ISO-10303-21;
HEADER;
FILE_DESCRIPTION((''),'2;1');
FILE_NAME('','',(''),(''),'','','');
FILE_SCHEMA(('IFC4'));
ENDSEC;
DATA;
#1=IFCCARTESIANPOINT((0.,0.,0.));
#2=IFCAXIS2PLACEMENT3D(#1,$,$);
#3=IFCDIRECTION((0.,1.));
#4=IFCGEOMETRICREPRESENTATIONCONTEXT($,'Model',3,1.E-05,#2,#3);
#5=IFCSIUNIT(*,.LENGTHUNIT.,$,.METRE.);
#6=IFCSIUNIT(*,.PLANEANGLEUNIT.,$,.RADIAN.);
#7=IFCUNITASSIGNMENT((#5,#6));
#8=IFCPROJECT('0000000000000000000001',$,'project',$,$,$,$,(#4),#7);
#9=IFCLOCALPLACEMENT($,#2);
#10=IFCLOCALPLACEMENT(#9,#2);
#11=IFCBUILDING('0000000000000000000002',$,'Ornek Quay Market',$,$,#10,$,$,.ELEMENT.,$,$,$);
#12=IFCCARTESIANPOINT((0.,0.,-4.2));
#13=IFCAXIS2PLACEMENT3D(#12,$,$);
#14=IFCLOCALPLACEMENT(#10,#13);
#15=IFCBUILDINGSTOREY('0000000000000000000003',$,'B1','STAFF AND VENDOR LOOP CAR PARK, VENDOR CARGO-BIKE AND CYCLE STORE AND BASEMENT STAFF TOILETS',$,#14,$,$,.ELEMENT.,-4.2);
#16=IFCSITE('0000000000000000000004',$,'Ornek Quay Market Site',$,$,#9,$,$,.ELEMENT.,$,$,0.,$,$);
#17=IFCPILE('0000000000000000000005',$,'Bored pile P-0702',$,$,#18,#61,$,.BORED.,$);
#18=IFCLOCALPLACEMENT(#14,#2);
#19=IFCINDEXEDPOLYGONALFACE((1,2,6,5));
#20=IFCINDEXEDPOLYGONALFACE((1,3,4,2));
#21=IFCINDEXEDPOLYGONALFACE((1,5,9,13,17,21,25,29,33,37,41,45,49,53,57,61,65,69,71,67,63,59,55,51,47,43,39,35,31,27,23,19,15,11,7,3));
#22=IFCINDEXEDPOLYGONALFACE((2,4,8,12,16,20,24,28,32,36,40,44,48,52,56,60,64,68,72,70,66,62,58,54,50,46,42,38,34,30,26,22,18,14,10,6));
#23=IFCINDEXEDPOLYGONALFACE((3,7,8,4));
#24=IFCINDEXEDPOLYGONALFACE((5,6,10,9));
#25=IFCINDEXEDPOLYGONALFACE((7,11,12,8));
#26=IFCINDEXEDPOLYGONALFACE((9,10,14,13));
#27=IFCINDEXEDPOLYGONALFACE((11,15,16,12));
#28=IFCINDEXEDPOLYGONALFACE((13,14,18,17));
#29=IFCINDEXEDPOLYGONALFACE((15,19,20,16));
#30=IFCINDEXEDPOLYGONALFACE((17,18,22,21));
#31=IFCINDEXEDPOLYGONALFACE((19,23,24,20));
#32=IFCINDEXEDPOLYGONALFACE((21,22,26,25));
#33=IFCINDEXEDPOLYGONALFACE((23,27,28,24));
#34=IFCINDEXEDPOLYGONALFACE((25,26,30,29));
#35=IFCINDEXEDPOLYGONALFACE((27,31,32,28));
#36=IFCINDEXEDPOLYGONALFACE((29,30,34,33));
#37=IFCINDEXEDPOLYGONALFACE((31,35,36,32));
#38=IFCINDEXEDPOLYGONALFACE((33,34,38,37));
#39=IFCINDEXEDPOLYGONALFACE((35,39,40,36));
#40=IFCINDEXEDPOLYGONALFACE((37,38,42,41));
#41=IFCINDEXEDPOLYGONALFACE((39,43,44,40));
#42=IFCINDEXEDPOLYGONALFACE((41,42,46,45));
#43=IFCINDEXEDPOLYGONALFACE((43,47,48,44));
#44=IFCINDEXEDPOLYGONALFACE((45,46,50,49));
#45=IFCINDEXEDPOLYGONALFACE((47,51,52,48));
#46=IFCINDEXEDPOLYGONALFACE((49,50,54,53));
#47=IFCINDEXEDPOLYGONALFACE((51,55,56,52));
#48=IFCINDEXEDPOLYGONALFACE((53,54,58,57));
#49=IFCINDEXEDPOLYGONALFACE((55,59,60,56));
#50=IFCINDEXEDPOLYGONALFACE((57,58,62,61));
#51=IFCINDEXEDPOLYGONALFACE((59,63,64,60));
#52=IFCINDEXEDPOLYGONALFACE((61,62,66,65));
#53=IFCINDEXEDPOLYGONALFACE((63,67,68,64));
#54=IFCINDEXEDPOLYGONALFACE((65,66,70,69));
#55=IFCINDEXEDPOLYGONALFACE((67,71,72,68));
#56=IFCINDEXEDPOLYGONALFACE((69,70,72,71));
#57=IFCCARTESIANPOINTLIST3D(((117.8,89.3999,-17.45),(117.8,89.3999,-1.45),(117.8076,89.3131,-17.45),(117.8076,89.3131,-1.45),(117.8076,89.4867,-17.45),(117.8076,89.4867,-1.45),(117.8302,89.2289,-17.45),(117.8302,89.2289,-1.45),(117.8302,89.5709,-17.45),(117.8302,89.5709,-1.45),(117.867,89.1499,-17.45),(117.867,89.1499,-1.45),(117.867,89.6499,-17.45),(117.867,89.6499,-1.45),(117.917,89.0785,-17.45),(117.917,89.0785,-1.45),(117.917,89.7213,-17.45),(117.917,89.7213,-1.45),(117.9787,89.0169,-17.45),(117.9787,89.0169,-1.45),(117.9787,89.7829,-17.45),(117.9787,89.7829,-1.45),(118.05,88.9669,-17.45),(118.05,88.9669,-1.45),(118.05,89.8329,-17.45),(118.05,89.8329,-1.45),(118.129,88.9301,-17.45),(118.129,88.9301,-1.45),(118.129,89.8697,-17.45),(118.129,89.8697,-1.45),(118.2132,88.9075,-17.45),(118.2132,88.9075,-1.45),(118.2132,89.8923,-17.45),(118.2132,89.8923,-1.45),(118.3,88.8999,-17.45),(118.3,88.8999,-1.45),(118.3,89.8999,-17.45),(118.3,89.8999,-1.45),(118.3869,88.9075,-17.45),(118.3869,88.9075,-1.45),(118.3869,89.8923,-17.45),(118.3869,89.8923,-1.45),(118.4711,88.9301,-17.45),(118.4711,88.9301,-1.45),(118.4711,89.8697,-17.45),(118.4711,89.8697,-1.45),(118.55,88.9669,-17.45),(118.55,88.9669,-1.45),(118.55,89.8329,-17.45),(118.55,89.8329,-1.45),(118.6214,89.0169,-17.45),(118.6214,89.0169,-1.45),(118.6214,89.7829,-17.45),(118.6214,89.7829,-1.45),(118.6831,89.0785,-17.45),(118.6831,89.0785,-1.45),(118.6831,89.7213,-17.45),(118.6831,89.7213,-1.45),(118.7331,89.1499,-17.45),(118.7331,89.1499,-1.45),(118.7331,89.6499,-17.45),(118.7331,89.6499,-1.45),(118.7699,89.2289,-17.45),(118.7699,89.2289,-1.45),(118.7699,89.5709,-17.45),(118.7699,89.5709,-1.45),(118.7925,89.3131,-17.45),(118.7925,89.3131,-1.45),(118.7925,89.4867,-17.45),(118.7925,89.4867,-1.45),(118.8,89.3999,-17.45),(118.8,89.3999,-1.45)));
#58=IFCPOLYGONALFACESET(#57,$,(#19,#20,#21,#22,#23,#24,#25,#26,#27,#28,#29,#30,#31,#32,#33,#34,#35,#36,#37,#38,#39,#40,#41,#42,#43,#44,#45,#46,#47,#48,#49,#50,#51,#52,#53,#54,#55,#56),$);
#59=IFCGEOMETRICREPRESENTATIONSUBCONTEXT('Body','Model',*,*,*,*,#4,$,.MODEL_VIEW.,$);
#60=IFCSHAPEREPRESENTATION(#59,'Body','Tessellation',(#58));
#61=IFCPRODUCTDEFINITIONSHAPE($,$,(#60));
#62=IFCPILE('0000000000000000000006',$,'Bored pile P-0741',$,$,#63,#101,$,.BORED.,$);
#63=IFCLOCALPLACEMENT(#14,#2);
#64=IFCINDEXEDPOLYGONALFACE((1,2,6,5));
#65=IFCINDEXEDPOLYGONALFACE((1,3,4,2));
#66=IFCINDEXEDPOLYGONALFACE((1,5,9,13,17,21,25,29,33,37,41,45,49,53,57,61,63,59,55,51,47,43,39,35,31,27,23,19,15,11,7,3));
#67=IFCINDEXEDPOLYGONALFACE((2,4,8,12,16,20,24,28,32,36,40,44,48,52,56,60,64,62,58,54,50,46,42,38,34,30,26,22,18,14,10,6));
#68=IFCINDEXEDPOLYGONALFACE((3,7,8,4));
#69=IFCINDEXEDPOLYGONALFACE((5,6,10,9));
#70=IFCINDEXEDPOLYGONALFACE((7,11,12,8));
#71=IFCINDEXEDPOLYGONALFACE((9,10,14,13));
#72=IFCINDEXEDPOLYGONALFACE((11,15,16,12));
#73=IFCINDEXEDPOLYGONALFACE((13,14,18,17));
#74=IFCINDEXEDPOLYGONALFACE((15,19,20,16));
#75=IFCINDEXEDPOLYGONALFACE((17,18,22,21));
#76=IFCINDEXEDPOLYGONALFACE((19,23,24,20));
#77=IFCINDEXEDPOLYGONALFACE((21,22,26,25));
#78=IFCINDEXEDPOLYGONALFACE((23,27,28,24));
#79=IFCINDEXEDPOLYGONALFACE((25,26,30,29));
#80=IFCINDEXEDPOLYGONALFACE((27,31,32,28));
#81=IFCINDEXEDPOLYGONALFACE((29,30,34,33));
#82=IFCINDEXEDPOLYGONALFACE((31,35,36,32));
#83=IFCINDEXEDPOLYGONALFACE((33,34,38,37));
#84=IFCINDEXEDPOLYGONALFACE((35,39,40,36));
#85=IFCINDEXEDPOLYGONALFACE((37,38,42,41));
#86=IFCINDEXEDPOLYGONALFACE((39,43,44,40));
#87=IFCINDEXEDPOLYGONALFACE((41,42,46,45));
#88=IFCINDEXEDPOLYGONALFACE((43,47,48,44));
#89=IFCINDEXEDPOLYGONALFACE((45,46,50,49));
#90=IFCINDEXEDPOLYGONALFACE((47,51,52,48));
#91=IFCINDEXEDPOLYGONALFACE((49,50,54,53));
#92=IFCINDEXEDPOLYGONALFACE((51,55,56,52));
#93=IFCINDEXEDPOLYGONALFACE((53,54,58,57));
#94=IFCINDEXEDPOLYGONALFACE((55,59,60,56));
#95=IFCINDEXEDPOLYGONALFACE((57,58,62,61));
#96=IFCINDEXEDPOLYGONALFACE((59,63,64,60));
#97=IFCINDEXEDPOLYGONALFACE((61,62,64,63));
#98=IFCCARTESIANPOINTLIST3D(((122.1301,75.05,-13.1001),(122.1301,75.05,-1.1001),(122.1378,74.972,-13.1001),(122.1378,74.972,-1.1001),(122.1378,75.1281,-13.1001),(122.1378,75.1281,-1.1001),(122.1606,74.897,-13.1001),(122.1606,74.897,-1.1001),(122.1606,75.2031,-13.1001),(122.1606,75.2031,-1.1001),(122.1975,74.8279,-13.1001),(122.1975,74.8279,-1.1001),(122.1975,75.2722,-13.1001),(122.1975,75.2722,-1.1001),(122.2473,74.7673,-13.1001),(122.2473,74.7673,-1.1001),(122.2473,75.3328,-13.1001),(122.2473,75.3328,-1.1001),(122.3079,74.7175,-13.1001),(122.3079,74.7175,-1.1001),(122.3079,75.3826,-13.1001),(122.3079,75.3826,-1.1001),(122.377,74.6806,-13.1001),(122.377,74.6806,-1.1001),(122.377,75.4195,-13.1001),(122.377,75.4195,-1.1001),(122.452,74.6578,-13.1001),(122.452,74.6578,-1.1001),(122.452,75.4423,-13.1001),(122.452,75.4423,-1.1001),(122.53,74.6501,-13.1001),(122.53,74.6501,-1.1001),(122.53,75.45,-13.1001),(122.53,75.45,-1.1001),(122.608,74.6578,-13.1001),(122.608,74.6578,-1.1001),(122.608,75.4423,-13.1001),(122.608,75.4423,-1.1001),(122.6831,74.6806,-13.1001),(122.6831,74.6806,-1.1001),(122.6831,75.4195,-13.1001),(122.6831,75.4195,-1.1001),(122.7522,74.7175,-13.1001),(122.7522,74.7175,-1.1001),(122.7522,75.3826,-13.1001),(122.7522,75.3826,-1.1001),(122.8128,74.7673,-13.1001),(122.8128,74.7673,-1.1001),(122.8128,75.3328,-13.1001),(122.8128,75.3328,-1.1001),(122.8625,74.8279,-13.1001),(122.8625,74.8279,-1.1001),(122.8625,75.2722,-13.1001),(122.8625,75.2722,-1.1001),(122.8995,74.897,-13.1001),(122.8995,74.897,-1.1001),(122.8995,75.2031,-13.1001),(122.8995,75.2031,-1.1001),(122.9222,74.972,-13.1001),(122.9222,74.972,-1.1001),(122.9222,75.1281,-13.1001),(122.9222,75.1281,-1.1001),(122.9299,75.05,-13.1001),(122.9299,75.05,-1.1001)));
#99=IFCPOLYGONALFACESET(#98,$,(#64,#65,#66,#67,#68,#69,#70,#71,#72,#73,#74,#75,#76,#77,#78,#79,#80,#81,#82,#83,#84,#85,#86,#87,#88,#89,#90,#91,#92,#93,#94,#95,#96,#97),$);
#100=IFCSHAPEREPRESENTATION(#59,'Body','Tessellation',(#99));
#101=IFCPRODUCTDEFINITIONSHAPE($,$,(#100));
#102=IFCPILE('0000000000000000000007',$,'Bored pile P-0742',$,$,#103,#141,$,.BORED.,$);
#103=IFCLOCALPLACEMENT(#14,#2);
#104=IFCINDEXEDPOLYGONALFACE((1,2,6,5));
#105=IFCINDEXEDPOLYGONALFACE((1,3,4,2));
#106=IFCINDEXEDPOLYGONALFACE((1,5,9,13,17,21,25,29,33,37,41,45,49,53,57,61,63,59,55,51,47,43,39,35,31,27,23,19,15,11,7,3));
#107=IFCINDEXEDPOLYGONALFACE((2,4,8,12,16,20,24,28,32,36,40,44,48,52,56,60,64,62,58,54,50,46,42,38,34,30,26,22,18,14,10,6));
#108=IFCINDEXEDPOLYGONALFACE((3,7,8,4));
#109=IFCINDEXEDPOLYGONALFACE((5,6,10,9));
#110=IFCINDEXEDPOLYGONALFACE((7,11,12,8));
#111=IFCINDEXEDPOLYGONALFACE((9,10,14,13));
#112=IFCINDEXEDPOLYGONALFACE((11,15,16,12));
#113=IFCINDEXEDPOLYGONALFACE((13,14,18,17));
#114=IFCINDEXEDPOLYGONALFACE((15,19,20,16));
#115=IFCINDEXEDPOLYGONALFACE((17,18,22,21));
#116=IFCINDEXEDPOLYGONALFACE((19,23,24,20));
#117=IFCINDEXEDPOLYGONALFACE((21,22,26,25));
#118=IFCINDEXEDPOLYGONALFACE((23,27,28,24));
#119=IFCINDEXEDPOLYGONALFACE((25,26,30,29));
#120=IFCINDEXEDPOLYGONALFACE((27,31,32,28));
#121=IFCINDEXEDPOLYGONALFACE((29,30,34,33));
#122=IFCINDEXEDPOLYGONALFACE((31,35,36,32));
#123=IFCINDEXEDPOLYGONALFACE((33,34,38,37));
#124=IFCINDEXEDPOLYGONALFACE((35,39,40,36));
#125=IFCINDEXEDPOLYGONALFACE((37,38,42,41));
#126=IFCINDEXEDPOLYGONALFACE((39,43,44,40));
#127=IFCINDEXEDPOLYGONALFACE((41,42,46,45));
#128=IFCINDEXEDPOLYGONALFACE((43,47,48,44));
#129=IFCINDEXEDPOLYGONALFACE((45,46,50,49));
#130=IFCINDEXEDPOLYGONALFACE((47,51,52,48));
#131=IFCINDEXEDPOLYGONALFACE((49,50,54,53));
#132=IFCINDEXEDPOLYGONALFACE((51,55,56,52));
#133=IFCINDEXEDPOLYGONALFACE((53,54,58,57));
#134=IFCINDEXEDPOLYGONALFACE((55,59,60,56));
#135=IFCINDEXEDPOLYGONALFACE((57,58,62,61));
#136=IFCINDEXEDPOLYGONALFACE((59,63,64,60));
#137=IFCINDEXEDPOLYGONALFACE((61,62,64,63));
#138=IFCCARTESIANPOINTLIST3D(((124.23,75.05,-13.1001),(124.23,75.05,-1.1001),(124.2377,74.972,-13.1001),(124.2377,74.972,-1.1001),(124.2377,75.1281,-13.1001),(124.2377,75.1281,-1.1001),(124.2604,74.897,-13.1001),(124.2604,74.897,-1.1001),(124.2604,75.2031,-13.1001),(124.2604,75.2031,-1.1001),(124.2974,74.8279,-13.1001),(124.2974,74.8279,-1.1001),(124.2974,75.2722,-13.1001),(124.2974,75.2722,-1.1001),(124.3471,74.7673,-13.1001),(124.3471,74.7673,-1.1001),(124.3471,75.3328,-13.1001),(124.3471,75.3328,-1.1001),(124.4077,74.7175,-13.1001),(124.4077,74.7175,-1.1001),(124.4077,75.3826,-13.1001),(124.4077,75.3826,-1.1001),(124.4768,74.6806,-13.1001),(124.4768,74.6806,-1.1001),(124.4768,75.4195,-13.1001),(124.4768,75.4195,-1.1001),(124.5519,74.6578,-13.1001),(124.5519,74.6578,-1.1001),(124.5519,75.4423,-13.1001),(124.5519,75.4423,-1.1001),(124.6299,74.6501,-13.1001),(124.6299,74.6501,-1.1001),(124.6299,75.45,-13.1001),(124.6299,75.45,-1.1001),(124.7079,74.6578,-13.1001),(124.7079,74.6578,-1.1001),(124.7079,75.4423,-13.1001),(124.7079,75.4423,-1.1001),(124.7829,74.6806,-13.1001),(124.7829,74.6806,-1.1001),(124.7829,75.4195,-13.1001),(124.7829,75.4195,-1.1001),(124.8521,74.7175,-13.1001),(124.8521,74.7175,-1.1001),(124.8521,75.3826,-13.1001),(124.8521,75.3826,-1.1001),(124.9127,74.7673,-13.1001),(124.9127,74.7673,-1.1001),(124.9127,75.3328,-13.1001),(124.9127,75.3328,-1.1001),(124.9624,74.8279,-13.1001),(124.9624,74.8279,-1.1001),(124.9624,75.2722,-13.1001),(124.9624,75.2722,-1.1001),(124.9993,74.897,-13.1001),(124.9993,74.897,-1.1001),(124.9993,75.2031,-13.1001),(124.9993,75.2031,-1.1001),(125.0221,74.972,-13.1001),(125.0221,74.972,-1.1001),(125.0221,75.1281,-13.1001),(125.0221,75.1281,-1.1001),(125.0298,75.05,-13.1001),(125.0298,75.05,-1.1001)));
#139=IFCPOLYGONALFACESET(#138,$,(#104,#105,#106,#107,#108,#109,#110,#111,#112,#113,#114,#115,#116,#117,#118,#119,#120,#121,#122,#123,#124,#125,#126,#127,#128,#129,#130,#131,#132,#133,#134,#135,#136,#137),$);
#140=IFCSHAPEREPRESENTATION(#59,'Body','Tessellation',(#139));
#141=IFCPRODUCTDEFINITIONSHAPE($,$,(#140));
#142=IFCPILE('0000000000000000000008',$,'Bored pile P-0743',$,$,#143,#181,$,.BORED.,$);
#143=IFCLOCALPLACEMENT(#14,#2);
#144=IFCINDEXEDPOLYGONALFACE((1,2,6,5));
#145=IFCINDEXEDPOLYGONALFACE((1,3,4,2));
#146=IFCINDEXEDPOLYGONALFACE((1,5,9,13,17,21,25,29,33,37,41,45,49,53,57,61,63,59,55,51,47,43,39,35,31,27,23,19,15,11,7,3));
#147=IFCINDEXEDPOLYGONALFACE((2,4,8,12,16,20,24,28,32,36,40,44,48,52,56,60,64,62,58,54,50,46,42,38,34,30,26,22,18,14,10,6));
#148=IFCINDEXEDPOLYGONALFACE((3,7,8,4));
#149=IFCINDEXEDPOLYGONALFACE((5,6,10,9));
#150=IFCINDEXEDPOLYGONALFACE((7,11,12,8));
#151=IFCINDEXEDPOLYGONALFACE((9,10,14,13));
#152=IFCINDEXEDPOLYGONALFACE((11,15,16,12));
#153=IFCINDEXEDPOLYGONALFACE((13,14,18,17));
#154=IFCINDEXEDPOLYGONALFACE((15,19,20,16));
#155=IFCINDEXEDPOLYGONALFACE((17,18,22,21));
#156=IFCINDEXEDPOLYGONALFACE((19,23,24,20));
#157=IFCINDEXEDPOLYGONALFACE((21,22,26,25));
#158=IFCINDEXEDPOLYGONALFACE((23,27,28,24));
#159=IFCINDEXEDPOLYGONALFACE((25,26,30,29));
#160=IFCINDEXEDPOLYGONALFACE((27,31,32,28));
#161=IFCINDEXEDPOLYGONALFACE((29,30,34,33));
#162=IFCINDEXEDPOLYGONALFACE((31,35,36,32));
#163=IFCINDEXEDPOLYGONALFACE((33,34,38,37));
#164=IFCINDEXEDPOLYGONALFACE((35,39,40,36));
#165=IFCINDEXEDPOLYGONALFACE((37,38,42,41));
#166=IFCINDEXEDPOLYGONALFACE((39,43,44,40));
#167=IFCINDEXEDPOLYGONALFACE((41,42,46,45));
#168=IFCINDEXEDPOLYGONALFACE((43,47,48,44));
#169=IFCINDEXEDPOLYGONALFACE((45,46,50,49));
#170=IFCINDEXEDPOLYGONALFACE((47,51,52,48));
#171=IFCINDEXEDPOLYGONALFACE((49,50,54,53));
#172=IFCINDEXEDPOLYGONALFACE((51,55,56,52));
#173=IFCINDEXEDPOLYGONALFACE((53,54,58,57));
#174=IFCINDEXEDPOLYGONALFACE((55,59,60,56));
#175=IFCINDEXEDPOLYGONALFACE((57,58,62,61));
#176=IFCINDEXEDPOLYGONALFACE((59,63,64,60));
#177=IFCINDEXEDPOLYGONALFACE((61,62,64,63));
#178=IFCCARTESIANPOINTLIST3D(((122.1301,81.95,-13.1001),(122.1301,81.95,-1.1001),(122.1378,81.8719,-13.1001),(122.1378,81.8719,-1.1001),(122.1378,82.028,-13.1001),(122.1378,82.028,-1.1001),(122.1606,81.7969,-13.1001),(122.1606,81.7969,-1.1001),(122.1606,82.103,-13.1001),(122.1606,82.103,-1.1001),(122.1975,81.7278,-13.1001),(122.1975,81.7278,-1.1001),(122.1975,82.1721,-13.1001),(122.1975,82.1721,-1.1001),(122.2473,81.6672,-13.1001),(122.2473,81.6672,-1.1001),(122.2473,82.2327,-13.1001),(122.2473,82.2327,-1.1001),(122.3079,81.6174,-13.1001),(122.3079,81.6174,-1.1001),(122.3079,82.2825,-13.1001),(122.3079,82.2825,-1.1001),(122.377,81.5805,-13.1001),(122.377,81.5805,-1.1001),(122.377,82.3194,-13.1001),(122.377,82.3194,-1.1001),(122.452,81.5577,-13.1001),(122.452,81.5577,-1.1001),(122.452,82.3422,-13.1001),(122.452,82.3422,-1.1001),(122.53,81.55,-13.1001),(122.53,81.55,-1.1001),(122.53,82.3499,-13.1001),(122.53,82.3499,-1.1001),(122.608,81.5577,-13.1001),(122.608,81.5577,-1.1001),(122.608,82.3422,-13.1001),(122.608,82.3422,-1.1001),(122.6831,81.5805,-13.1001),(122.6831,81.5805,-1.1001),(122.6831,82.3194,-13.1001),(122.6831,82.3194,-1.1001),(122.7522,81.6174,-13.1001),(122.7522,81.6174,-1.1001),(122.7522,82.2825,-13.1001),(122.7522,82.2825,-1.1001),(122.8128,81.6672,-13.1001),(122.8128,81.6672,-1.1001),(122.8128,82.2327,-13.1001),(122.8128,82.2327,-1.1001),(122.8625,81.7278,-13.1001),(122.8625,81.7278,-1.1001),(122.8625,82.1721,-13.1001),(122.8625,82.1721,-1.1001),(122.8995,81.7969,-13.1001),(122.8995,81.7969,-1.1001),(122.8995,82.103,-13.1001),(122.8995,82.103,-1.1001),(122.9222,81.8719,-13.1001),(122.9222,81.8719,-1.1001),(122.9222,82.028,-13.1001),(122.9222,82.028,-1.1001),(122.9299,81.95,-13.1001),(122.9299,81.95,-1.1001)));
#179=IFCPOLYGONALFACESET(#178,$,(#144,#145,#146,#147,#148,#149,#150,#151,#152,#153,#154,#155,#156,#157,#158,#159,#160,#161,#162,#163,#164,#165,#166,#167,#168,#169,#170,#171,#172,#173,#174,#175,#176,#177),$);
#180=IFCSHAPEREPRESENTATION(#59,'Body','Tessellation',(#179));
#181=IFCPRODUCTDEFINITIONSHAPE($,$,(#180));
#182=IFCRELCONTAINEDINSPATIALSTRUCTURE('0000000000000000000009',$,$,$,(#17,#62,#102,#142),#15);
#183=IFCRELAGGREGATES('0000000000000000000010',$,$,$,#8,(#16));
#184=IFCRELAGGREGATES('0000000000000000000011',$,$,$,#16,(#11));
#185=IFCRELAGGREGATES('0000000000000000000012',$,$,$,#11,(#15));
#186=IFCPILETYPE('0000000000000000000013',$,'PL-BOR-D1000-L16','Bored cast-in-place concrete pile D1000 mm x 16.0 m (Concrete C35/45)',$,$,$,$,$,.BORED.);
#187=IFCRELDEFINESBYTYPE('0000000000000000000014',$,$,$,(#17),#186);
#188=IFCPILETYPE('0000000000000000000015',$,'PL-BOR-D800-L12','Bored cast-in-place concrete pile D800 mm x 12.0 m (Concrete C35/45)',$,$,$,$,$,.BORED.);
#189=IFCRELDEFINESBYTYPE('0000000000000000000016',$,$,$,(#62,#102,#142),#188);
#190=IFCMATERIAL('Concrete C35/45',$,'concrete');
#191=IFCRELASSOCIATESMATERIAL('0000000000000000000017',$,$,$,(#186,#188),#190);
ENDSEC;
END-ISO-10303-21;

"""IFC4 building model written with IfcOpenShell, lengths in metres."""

from ifc_helpers import new_model, si_unit, direction, frame, origin, origin_2d, place, context, subcontext, project, spatial, circle, extrude, material, material_profile, profile_set, type_object, element, save


model = new_model("IFC4")

# Units and contexts
model_context = context("Model", 3, precision=1e-05, world=origin(), true_north=direction((0.0, 1.0)))
body_context = subcontext(model_context, "Body", "Model", "MODEL_VIEW")
ifc_project = project(units=[si_unit("LENGTHUNIT", "METRE"), si_unit("PLANEANGLEUNIT", "RADIAN")], contexts=[model_context])

# Site, building, storey
site_placement = place(None, origin())
site = spatial("IfcSite", under=ifc_project, at=site_placement, Name="Ornek Quay Market Site", CompositionType="ELEMENT", RefElevation=0.0)
building_placement = place(site_placement, origin())
building = spatial("IfcBuilding", under=site, at=building_placement, Name="Ornek Quay Market", CompositionType="ELEMENT")
storey_placement = place(building_placement, frame((0.0, 0.0, -4.2)))
storey = spatial("IfcBuildingStorey", under=building, at=storey_placement, Name="B1", Description="STAFF AND VENDOR LOOP CAR PARK, VENDOR CARGO-BIKE AND CYCLE STORE AND BASEMENT STAFF TOILETS", CompositionType="ELEMENT", Elevation=-4.2)

# Piles
ifc_material_1 = material(Name="Concrete C35/45", Category="concrete")
ifc_material_profile_1 = material_profile(ifc_material_1, circle(Radius=0.5, at=origin_2d()), Name="PILE D1000", Category="concrete")
ifc_profile_set_1 = profile_set([ifc_material_profile_1], Name="Concrete C35/45")
pile_type_1 = type_object("IfcPileType", Name="PL-BOR-D1000-L16", Description="Bored cast-in-place concrete pile D1000 mm x 16.0 m (Concrete C35/45)", PredefinedType="BORED", material=ifc_profile_set_1)
for number, where, z_axis, x_axis, name in (
    (1, (118.3, 89.3999, -1.45), (0.0, 0.0, -1.0), (1.0, 0.0, 0.0), "Bored pile P-0702"),
):
    element("IfcPile", number, at=place(storey_placement, frame(where, z_axis=z_axis, x_axis=x_axis)), inside=storey, type_object=pile_type_1, Name=name, PredefinedType="BORED", context=body_context, shape_type="SweptSolid", body=[
        extrude(circle(Radius=0.5, at=origin_2d()), origin(), (0.0, 0.0, 1.0), 16.0),
    ])
ifc_material_profile_2 = material_profile(ifc_material_1, circle(Radius=0.3999, at=origin_2d()), Name="PILE D800", Category="concrete")
ifc_profile_set_2 = profile_set([ifc_material_profile_2], Name="Concrete C35/45")
pile_type_2 = type_object("IfcPileType", Name="PL-BOR-D800-L12", Description="Bored cast-in-place concrete pile D800 mm x 12.0 m (Concrete C35/45)", PredefinedType="BORED", material=ifc_profile_set_2)
for number, where, z_axis, x_axis, name in (
    (2, (122.53, 75.05, -1.1001), (0.0, 0.0, -1.0), (1.0, 0.0, 0.0), "Bored pile P-0741"),
    (3, (124.6299, 75.05, -1.1001), (0.0, 0.0, -1.0), (1.0, 0.0, 0.0), "Bored pile P-0742"),
    (4, (122.53, 81.95, -1.1001), (0.0, 0.0, -1.0), (1.0, 0.0, 0.0), "Bored pile P-0743"),
):
    element("IfcPile", number, at=place(storey_placement, frame(where, z_axis=z_axis, x_axis=x_axis)), inside=storey, type_object=pile_type_2, Name=name, PredefinedType="BORED", context=body_context, shape_type="SweptSolid", body=[
        extrude(circle(Radius=0.3999, at=origin_2d()), origin(), (0.0, 0.0, 1.0), 12.0),
    ])

save(model, "model.ifc")
